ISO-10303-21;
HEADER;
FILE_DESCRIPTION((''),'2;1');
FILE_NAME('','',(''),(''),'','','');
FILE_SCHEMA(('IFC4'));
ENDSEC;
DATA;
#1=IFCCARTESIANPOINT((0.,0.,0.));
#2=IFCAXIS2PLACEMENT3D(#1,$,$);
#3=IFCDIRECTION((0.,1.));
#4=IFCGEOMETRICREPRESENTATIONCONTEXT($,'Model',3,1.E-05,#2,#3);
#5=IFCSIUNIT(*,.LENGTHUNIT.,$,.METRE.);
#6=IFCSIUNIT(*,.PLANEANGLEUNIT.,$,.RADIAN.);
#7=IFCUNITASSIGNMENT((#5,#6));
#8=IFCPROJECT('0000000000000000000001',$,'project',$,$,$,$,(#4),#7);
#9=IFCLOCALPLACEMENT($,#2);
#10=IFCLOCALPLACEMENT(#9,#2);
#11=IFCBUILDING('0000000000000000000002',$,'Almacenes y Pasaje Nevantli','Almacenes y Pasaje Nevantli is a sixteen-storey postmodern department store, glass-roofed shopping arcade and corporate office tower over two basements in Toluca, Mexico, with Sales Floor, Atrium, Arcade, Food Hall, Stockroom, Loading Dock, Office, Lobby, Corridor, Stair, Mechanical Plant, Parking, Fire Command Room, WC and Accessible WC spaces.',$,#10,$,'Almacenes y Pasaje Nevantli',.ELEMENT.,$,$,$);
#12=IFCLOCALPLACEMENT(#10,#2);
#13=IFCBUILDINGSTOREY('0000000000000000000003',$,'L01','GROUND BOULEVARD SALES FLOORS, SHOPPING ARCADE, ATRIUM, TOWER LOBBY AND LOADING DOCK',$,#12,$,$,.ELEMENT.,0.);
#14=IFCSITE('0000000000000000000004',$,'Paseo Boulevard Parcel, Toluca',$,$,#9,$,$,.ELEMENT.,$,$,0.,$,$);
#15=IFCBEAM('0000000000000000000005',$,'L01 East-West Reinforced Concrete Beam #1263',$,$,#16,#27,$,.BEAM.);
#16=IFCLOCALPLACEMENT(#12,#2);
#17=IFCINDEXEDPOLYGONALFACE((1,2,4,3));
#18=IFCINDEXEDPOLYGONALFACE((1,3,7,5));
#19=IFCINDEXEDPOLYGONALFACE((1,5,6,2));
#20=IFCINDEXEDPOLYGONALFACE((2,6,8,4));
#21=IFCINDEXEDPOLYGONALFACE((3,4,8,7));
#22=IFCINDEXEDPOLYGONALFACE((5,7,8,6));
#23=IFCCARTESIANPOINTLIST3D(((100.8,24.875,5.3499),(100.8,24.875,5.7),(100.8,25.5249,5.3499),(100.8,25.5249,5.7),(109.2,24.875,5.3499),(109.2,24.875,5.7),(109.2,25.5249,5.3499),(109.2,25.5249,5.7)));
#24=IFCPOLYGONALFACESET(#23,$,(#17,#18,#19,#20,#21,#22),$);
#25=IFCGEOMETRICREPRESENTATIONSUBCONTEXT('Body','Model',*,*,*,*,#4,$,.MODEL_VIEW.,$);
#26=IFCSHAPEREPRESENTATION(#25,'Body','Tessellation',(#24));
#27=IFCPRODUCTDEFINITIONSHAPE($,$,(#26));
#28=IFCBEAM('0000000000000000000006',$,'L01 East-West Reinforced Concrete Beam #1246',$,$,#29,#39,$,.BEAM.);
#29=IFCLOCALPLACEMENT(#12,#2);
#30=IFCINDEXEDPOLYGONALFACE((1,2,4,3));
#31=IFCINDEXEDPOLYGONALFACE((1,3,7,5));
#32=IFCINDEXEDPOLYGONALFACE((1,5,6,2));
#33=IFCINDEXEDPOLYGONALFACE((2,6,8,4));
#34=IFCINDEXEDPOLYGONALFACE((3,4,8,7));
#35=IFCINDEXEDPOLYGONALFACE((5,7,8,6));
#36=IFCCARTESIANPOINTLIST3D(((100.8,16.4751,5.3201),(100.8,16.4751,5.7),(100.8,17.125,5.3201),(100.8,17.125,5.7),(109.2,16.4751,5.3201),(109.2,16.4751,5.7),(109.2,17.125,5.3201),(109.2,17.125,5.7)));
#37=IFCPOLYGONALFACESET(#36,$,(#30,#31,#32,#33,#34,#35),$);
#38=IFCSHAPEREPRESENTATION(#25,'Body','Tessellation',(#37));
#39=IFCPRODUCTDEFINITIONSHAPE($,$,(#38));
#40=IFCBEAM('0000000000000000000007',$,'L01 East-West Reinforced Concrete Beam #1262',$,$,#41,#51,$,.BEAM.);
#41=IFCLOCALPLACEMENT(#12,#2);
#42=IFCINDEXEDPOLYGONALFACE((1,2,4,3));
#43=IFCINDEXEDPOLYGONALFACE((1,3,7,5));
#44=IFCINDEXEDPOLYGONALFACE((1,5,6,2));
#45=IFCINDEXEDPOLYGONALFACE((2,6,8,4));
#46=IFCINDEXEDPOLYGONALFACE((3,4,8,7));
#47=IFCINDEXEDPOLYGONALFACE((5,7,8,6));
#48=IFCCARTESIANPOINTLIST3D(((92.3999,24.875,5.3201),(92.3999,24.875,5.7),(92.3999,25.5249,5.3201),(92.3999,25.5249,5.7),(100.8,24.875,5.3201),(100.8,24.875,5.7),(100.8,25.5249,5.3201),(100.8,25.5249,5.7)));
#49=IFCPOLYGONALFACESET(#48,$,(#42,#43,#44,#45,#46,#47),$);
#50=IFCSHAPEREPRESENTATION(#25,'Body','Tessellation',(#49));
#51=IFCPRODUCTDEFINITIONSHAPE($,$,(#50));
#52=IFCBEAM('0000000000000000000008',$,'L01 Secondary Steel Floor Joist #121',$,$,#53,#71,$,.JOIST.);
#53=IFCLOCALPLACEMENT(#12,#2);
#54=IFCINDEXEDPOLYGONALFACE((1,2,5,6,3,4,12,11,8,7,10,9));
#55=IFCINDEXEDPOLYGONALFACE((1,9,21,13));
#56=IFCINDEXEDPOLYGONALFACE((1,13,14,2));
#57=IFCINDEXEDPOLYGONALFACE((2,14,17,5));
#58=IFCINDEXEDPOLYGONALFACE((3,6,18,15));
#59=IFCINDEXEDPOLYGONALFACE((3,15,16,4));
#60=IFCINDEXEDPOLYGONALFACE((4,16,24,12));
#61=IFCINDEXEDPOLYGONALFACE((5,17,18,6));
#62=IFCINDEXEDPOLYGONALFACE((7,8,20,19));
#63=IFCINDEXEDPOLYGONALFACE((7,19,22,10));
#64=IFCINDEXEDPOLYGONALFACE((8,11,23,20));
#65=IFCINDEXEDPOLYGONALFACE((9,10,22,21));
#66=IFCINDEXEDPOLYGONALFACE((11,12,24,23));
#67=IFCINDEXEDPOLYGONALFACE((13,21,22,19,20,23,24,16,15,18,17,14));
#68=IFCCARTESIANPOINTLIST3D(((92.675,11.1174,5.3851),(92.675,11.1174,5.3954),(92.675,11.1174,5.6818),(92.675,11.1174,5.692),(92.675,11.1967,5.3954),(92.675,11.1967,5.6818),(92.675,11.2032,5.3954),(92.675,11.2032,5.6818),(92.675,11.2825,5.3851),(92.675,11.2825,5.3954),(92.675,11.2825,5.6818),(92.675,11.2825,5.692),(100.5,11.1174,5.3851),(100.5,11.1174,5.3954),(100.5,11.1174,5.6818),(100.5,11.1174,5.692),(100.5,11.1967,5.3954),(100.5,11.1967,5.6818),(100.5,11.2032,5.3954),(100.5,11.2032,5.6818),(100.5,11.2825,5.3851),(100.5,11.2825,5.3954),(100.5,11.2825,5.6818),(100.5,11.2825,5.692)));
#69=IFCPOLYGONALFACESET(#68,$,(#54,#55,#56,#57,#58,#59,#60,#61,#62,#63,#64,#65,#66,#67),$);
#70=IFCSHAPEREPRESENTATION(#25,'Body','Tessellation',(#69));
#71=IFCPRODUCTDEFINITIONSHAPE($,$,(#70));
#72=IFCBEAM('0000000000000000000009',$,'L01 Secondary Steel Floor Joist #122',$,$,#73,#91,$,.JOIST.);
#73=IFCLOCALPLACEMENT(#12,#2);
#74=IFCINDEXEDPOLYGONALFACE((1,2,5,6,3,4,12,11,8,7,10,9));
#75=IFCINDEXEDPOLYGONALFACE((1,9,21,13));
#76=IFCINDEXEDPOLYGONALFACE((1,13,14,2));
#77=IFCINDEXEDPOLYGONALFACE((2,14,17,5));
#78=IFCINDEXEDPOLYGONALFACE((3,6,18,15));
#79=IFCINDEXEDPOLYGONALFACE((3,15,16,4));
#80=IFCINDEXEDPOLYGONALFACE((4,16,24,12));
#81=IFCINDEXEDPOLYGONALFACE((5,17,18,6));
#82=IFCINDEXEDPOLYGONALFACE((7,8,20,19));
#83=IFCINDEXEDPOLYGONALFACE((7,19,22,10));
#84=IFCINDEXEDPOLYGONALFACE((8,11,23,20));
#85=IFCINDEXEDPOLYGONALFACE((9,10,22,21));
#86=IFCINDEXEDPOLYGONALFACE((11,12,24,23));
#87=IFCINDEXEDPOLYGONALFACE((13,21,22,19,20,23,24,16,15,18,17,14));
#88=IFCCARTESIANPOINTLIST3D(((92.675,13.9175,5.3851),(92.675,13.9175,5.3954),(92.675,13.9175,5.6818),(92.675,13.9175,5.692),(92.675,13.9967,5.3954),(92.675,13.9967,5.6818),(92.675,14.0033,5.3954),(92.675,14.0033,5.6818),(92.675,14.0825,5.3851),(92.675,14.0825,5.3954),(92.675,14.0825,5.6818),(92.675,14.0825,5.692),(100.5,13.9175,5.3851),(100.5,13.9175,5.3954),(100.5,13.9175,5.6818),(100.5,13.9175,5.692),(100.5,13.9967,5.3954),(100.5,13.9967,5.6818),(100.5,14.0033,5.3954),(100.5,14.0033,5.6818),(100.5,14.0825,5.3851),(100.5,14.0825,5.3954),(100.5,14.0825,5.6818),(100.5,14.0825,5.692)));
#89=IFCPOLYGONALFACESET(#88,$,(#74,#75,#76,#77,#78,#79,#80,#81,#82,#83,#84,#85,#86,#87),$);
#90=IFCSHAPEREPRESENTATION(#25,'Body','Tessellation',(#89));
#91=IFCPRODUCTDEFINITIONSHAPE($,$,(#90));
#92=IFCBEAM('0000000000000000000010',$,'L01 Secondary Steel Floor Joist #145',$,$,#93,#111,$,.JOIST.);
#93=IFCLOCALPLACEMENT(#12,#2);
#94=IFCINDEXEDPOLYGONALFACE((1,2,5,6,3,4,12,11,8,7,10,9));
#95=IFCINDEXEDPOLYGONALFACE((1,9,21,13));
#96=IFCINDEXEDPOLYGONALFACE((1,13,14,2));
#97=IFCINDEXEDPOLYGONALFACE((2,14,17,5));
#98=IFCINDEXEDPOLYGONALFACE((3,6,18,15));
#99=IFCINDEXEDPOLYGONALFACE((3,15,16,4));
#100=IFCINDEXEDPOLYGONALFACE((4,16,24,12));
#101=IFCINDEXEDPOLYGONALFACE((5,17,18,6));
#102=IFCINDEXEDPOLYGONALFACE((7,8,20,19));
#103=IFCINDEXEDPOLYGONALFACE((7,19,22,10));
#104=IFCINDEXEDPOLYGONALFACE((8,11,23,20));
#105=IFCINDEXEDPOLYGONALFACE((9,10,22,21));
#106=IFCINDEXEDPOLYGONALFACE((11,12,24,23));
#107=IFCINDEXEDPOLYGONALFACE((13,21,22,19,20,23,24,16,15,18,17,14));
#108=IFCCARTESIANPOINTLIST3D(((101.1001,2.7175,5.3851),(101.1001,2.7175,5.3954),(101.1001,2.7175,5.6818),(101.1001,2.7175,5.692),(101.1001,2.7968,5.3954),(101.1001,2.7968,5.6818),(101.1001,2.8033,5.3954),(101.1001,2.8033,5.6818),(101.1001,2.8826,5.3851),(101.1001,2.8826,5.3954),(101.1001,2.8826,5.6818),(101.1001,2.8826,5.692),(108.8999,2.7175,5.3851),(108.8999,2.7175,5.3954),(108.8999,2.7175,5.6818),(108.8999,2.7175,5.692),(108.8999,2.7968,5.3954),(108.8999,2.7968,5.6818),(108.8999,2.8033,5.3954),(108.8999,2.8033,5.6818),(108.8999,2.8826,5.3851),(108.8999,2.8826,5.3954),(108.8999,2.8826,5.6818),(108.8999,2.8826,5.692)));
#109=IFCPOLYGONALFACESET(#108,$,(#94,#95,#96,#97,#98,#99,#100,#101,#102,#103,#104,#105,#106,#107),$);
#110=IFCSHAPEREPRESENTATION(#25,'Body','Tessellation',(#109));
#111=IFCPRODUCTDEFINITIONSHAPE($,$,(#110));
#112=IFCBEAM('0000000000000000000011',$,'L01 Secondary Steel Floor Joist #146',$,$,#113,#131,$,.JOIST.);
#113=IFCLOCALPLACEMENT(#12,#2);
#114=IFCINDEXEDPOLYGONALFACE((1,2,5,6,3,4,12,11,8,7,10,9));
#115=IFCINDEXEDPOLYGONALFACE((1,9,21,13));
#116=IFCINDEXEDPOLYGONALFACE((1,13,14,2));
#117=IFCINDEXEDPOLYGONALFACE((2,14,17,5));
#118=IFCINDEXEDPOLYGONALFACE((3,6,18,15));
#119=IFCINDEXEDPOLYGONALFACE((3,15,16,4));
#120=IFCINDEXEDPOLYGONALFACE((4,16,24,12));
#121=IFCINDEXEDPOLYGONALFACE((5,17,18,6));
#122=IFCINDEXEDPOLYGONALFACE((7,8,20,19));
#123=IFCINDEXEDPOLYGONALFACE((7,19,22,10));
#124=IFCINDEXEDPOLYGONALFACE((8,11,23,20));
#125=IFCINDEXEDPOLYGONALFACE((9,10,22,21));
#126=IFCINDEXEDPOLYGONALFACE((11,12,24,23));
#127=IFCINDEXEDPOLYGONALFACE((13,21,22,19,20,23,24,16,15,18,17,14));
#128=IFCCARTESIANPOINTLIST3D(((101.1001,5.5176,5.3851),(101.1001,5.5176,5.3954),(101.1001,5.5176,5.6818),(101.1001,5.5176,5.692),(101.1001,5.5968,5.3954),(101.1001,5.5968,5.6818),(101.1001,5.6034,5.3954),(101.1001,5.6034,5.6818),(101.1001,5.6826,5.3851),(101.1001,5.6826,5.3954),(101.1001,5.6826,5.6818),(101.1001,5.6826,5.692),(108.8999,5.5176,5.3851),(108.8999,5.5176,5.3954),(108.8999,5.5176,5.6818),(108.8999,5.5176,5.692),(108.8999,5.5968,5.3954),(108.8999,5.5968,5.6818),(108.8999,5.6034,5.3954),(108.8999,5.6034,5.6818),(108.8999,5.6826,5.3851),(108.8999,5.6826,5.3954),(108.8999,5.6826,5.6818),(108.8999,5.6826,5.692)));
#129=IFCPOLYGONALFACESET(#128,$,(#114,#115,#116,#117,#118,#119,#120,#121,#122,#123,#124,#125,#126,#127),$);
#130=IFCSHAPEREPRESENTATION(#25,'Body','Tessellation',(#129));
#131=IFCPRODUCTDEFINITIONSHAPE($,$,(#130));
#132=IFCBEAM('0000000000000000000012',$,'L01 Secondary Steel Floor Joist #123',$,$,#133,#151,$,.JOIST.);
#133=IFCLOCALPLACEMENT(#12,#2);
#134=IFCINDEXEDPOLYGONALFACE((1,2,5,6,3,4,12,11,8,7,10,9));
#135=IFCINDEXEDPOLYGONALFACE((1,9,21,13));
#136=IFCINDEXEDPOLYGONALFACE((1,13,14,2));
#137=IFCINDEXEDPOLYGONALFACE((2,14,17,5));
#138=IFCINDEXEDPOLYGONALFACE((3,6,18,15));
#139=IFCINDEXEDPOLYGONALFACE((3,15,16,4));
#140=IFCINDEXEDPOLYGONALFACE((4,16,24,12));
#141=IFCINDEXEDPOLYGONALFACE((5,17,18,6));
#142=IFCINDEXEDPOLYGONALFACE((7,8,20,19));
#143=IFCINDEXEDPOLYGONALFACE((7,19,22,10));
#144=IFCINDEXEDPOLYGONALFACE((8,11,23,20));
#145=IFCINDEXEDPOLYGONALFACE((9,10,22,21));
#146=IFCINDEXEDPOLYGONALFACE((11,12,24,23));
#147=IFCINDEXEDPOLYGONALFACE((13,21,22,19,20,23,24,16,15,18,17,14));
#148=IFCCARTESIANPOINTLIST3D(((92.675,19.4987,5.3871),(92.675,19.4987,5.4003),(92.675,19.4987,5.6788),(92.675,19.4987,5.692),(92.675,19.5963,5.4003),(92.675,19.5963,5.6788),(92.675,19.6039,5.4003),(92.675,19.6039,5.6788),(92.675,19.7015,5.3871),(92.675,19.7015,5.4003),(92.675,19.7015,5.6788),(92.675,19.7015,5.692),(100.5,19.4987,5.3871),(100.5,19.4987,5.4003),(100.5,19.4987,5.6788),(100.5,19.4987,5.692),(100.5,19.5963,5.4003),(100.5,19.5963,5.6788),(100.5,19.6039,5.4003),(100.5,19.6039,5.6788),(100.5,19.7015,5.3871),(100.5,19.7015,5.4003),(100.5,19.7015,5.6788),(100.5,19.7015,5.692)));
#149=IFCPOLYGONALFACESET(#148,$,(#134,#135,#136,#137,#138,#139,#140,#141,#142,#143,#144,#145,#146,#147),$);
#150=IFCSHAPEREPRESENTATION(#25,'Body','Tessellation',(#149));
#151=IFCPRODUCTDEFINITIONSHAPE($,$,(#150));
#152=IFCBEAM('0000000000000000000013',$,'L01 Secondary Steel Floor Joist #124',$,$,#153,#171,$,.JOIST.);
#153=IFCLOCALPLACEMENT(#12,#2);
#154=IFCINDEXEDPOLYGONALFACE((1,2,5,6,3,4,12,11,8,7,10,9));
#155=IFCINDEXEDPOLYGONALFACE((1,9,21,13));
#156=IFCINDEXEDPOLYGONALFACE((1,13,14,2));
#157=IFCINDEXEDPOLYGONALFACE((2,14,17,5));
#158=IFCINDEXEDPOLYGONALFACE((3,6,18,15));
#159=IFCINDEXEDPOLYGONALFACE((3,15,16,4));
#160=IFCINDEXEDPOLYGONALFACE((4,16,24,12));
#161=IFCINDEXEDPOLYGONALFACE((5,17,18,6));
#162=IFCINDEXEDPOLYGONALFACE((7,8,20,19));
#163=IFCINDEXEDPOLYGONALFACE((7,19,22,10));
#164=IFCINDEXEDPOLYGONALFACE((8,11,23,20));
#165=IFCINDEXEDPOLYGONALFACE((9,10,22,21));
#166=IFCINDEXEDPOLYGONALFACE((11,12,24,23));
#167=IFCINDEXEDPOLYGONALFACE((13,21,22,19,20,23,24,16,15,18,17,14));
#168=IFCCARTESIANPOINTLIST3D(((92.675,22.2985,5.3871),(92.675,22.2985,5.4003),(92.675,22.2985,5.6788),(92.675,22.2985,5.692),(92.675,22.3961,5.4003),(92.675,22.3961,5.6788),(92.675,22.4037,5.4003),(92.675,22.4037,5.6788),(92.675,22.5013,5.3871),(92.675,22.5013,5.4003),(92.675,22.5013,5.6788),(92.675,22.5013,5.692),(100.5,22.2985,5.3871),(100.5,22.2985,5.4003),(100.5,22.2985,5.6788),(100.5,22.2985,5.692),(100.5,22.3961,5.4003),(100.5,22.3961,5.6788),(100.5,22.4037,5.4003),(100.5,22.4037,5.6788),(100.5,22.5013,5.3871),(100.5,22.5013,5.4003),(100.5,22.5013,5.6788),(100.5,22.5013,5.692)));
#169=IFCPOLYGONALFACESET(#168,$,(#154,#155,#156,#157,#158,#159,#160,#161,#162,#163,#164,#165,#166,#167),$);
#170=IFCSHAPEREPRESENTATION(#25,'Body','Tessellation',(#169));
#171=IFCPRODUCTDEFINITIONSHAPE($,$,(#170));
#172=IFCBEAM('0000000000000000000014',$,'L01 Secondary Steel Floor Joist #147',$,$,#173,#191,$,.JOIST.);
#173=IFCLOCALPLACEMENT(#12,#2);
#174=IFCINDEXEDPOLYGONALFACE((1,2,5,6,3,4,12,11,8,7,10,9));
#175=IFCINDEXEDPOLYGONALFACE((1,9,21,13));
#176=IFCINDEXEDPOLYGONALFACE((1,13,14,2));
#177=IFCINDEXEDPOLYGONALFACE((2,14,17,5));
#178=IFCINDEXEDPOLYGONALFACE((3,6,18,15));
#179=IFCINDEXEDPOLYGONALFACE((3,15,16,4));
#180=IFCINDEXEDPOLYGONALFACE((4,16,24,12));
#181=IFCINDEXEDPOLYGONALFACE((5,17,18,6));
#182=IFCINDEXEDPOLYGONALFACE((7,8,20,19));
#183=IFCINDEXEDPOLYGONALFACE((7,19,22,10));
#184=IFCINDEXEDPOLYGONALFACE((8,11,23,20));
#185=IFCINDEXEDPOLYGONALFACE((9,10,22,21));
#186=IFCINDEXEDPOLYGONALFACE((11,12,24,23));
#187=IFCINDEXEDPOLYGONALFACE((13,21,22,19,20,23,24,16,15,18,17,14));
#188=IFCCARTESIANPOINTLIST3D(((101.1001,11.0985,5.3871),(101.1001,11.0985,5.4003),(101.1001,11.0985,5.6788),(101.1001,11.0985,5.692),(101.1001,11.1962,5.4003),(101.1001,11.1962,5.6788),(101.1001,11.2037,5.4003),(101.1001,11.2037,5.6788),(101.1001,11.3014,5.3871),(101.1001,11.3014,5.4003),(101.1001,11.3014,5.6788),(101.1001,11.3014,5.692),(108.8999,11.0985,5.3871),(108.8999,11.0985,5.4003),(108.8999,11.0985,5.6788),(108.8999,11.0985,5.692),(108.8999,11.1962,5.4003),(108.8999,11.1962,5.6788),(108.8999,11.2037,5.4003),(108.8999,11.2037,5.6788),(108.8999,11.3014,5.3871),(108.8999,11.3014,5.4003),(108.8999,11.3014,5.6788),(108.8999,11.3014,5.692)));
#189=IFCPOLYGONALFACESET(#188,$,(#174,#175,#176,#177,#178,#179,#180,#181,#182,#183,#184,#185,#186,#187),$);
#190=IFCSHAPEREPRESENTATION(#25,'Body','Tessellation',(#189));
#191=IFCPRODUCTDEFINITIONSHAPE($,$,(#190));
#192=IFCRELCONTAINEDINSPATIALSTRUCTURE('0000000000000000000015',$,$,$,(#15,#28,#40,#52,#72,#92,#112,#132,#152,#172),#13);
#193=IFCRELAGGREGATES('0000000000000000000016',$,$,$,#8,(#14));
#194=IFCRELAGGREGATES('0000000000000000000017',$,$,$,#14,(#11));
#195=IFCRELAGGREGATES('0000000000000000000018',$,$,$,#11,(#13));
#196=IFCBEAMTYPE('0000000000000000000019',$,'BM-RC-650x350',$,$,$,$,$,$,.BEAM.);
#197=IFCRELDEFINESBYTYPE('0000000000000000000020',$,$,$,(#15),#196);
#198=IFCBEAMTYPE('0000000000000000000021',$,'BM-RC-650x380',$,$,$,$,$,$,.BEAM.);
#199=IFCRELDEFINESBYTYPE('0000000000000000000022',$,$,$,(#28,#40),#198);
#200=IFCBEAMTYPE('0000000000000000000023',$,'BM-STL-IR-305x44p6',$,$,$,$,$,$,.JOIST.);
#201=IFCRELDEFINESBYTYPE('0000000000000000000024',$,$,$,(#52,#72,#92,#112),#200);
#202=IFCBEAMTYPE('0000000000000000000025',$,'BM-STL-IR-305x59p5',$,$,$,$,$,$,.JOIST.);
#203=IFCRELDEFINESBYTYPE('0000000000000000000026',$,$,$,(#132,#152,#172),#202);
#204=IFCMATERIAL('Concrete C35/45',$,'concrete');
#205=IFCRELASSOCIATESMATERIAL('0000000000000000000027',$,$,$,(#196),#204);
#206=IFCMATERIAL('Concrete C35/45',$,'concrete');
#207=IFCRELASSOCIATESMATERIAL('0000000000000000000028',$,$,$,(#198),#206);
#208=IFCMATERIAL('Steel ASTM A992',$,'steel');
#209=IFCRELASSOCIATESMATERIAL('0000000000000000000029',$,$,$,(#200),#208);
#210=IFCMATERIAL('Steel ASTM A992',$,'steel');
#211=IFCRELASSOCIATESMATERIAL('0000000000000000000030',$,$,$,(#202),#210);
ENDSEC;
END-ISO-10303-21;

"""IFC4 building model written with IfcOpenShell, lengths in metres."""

from ifc_helpers import new_model, si_unit, direction, frame, origin, origin_2d, place, context, subcontext, project, spatial, rectangle, i_section, extrude, material, material_profile, profile_set, type_object, element, save


model = new_model("IFC4")

# Units and contexts
model_context = context("Model", 3, precision=1e-05, world=origin(), true_north=direction((0.0, 1.0)))
body_context = subcontext(model_context, "Body", "Model", "MODEL_VIEW")
ifc_project = project(units=[si_unit("LENGTHUNIT", "METRE"), si_unit("PLANEANGLEUNIT", "RADIAN")], contexts=[model_context])

# Site, building, storey
site_placement = place(None, origin())
site = spatial("IfcSite", under=ifc_project, at=site_placement, Name="Paseo Boulevard Parcel, Toluca", CompositionType="ELEMENT", RefElevation=0.0)
building_placement = place(site_placement, origin())
building = spatial("IfcBuilding", under=site, at=building_placement, Name="Almacenes y Pasaje Nevantli", Description="Almacenes y Pasaje Nevantli is a sixteen-storey postmodern department store, glass-roofed shopping arcade and corporate office tower over two basements in Toluca, Mexico, with Sales Floor, Atrium, Arcade, Food Hall, Stockroom, Loading Dock, Office, Lobby, Corridor, Stair, Mechanical Plant, Parking, Fire Command Room, WC and Accessible WC spaces.", LongName="Almacenes y Pasaje Nevantli", CompositionType="ELEMENT")
storey_placement = place(building_placement, origin())
storey = spatial("IfcBuildingStorey", under=building, at=storey_placement, Name="L01", Description="GROUND BOULEVARD SALES FLOORS, SHOPPING ARCADE, ATRIUM, TOWER LOBBY AND LOADING DOCK", CompositionType="ELEMENT", Elevation=0.0)

# Beams
ifc_material_1 = material(Name="Concrete C35/45", Category="concrete")
ifc_material_profile_1 = material_profile(ifc_material_1, rectangle(XDim=0.6499, YDim=0.3501, at=origin_2d()), Name="RC-BM-650x350")
ifc_profile_set_1 = profile_set([ifc_material_profile_1], Name="Concrete C35/45")
beam_type_1 = type_object("IfcBeamType", Name="BM-RC-650x350", PredefinedType="BEAM", material=ifc_profile_set_1)
beam_1_placement = place(storey_placement, frame((100.8, 25.2, 5.5249), z_axis=(1.0, 0.0, 0.0), x_axis=(0.0, 1.0, 0.0)))
element("IfcBeam", 1, at=beam_1_placement, inside=storey, type_object=beam_type_1, Name="L01 East-West Reinforced Concrete Beam #1263", PredefinedType="BEAM", context=body_context, shape_type="SweptSolid", body=[
    extrude(rectangle(XDim=0.6499, YDim=0.3501, at=origin_2d()), origin(), (0.0, 0.0, 1.0), 8.3999),
])
ifc_material_2 = material(Name="Concrete C35/45", Category="concrete")
ifc_material_profile_2 = material_profile(ifc_material_2, rectangle(XDim=0.6499, YDim=0.3799, at=origin_2d()), Name="RC-BM-650x380")
ifc_profile_set_2 = profile_set([ifc_material_profile_2], Name="Concrete C35/45")
beam_type_2 = type_object("IfcBeamType", Name="BM-RC-650x380", PredefinedType="BEAM", material=ifc_profile_set_2)
beam_2_placement = place(storey_placement, frame((100.8, 16.8, 5.51), z_axis=(1.0, 0.0, 0.0), x_axis=(0.0, 1.0, 0.0)))
element("IfcBeam", 2, at=beam_2_placement, inside=storey, type_object=beam_type_2, Name="L01 East-West Reinforced Concrete Beam #1246", PredefinedType="BEAM", context=body_context, shape_type="SweptSolid", body=[
    extrude(rectangle(XDim=0.6499, YDim=0.3799, at=origin_2d()), origin(), (0.0, 0.0, 1.0), 8.3999),
])
beam_3_placement = place(storey_placement, frame((92.3999, 25.2, 5.51), z_axis=(1.0, 0.0, 0.0), x_axis=(0.0, 1.0, 0.0)))
element("IfcBeam", 3, at=beam_3_placement, inside=storey, type_object=beam_type_2, Name="L01 East-West Reinforced Concrete Beam #1262", PredefinedType="BEAM", context=body_context, shape_type="SweptSolid", body=[
    extrude(rectangle(XDim=0.6499, YDim=0.3799, at=origin_2d()), origin(), (0.0, 0.0, 1.0), 8.4001),
])
ifc_material_3 = material(Name="Steel ASTM A992", Category="steel")
ifc_material_profile_3 = material_profile(ifc_material_3, i_section(OverallWidth=0.165, OverallDepth=0.3069, WebThickness=0.0066, FlangeThickness=0.0103, at=origin_2d()), Name="IR 305x44.6")
ifc_profile_set_3 = profile_set([ifc_material_profile_3], Name="Steel ASTM A992")
beam_type_3 = type_object("IfcBeamType", Name="BM-STL-IR-305x44p6", PredefinedType="JOIST", material=ifc_profile_set_3)
for number, where, z_axis, x_axis, name in (
    (4, (92.675, 11.2, 5.5386), (1.0, 0.0, 0.0), (0.0, 1.0, 0.0), "L01 Secondary Steel Floor Joist #121"),
    (5, (92.675, 14.0, 5.5386), (1.0, 0.0, 0.0), (0.0, 1.0, 0.0), "L01 Secondary Steel Floor Joist #122"),
):
    element("IfcBeam", number, at=place(storey_placement, frame(where, z_axis=z_axis, x_axis=x_axis)), inside=storey, type_object=beam_type_3, Name=name, PredefinedType="JOIST", context=body_context, shape_type="SweptSolid", body=[
        extrude(i_section(OverallWidth=0.165, OverallDepth=0.3069, WebThickness=0.0066, FlangeThickness=0.0103, at=origin_2d()), origin(), (0.0, 0.0, 1.0), 7.825),
    ])
for number, where, z_axis, x_axis, name in (
    (6, (101.1001, 2.8, 5.5386), (1.0, 0.0, 0.0), (0.0, 1.0, 0.0), "L01 Secondary Steel Floor Joist #145"),
    (7, (101.1001, 5.6001, 5.5386), (1.0, 0.0, 0.0), (0.0, 1.0, 0.0), "L01 Secondary Steel Floor Joist #146"),
):
    element("IfcBeam", number, at=place(storey_placement, frame(where, z_axis=z_axis, x_axis=x_axis)), inside=storey, type_object=beam_type_3, Name=name, PredefinedType="JOIST", context=body_context, shape_type="SweptSolid", body=[
        extrude(i_section(OverallWidth=0.165, OverallDepth=0.3069, WebThickness=0.0066, FlangeThickness=0.0103, at=origin_2d()), origin(), (0.0, 0.0, 1.0), 7.7998),
    ])
ifc_material_4 = material(Name="Steel ASTM A992", Category="steel")
ifc_material_profile_4 = material_profile(ifc_material_4, i_section(OverallWidth=0.2029, OverallDepth=0.3049, WebThickness=0.0076, FlangeThickness=0.0132, at=origin_2d()), Name="IR 305x59.5")
ifc_profile_set_4 = profile_set([ifc_material_profile_4], Name="Steel ASTM A992")
beam_type_4 = type_object("IfcBeamType", Name="BM-STL-IR-305x59p5", PredefinedType="JOIST", material=ifc_profile_set_4)
for number, where, z_axis, x_axis, name in (
    (8, (92.675, 19.6001, 5.5396), (1.0, 0.0, 0.0), (0.0, 1.0, 0.0), "L01 Secondary Steel Floor Joist #123"),
    (9, (92.675, 22.3999, 5.5396), (1.0, 0.0, 0.0), (0.0, 1.0, 0.0), "L01 Secondary Steel Floor Joist #124"),
):
    element("IfcBeam", number, at=place(storey_placement, frame(where, z_axis=z_axis, x_axis=x_axis)), inside=storey, type_object=beam_type_4, Name=name, PredefinedType="JOIST", context=body_context, shape_type="SweptSolid", body=[
        extrude(i_section(OverallWidth=0.2029, OverallDepth=0.3049, WebThickness=0.0076, FlangeThickness=0.0132, at=origin_2d()), origin(), (0.0, 0.0, 1.0), 7.825),
    ])
for number, where, z_axis, x_axis, name in (
    (10, (101.1001, 11.2, 5.5396), (1.0, 0.0, 0.0), (0.0, 1.0, 0.0), "L01 Secondary Steel Floor Joist #147"),
):
    element("IfcBeam", number, at=place(storey_placement, frame(where, z_axis=z_axis, x_axis=x_axis)), inside=storey, type_object=beam_type_4, Name=name, PredefinedType="JOIST", context=body_context, shape_type="SweptSolid", body=[
        extrude(i_section(OverallWidth=0.2029, OverallDepth=0.3049, WebThickness=0.0076, FlangeThickness=0.0132, at=origin_2d()), origin(), (0.0, 0.0, 1.0), 7.7998),
    ])

save(model, "model.ifc")
